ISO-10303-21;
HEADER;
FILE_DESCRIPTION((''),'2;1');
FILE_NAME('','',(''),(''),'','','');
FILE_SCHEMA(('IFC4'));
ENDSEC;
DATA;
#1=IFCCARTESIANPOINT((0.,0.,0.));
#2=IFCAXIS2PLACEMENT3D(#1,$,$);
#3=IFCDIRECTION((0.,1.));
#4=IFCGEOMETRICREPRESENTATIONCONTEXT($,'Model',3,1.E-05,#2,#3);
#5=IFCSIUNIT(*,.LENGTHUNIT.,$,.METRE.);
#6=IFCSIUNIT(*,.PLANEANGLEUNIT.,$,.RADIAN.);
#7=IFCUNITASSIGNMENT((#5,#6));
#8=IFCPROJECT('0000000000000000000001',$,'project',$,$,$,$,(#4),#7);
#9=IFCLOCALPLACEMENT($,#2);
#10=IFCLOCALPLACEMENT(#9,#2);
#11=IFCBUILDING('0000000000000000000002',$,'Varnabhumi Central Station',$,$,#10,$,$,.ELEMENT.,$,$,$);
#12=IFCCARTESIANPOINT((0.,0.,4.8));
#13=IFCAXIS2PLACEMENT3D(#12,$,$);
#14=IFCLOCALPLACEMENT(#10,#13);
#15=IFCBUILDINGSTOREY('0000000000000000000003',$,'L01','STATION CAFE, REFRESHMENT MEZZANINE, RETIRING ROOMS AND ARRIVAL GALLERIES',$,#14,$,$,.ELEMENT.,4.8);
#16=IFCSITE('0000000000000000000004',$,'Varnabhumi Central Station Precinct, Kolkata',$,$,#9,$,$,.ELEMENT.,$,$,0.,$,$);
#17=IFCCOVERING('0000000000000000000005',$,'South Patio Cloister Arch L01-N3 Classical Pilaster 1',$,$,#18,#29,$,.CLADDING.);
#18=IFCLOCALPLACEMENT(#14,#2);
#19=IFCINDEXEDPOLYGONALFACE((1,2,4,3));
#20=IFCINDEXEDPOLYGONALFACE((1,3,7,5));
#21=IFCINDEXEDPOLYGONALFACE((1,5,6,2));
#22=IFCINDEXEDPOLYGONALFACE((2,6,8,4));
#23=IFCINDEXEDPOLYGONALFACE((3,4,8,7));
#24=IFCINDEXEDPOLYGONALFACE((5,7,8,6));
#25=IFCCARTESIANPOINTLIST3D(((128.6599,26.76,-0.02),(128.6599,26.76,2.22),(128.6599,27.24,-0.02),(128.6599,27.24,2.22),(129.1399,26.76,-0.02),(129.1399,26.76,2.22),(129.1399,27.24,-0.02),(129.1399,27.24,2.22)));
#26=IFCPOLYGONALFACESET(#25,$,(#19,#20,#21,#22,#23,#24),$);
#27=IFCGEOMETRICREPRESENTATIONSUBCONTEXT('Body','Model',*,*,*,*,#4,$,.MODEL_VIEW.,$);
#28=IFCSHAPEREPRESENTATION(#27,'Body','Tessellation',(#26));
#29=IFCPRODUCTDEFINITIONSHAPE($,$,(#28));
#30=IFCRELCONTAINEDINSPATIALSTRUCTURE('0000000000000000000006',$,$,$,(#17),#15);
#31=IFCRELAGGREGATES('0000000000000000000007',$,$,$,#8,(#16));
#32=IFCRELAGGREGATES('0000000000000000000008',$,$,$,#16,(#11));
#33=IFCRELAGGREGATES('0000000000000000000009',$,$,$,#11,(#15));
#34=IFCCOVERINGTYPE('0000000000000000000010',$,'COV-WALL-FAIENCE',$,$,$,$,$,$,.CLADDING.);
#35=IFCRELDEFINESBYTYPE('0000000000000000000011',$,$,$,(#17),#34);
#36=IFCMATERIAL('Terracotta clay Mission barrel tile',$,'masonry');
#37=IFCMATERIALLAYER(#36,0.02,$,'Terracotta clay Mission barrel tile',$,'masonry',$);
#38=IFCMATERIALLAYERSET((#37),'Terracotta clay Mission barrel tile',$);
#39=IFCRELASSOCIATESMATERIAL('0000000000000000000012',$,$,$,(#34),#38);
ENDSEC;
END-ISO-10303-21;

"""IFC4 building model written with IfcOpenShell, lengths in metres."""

from ifc_helpers import new_model, si_unit, direction, frame, origin, origin_2d, place, context, subcontext, project, spatial, rectangle, extrude, material, layer, layer_set, type_object, element, save


model = new_model("IFC4")

# Units and contexts
model_context = context("Model", 3, precision=1e-05, world=origin(), true_north=direction((0.0, 1.0)))
body_context = subcontext(model_context, "Body", "Model", "MODEL_VIEW")
ifc_project = project(units=[si_unit("LENGTHUNIT", "METRE"), si_unit("PLANEANGLEUNIT", "RADIAN")], contexts=[model_context])

# Site, building, storey
site_placement = place(None, origin())
site = spatial("IfcSite", under=ifc_project, at=site_placement, Name="Varnabhumi Central Station Precinct, Kolkata", CompositionType="ELEMENT", RefElevation=0.0)
building_placement = place(site_placement, origin())
building = spatial("IfcBuilding", under=site, at=building_placement, Name="Varnabhumi Central Station", CompositionType="ELEMENT")
storey_placement = place(building_placement, frame((0.0, 0.0, 4.8)))
storey = spatial("IfcBuildingStorey", under=building, at=storey_placement, Name="L01", Description="STATION CAFE, REFRESHMENT MEZZANINE, RETIRING ROOMS AND ARRIVAL GALLERIES", CompositionType="ELEMENT", Elevation=4.8)

# Covering
ifc_material_1 = material(Name="Terracotta clay Mission barrel tile", Category="masonry")
ifc_layer_1 = layer(ifc_material_1, 0.02, Name="Terracotta clay Mission barrel tile", Category="masonry")
ifc_layer_set_1 = layer_set([ifc_layer_1], Name="Terracotta clay Mission barrel tile")
covering_type = type_object("IfcCoveringType", Name="COV-WALL-FAIENCE", PredefinedType="CLADDING", material=ifc_layer_set_1)
covering_1_placement = place(storey_placement, frame((128.8999, 27.0, -0.02), z_axis=(0.0, 0.0, 1.0), x_axis=(1.0, 0.0, 0.0)))
element("IfcCovering", 1, at=covering_1_placement, inside=storey, type_object=covering_type, Name="South Patio Cloister Arch L01-N3 Classical Pilaster 1", PredefinedType="CLADDING", context=body_context, shape_type="SweptSolid", body=[
    extrude(rectangle(XDim=0.48, YDim=0.48, at=origin_2d()), origin(), (0.0, 0.0, 1.0), 2.24),
])

save(model, "model.ifc")
